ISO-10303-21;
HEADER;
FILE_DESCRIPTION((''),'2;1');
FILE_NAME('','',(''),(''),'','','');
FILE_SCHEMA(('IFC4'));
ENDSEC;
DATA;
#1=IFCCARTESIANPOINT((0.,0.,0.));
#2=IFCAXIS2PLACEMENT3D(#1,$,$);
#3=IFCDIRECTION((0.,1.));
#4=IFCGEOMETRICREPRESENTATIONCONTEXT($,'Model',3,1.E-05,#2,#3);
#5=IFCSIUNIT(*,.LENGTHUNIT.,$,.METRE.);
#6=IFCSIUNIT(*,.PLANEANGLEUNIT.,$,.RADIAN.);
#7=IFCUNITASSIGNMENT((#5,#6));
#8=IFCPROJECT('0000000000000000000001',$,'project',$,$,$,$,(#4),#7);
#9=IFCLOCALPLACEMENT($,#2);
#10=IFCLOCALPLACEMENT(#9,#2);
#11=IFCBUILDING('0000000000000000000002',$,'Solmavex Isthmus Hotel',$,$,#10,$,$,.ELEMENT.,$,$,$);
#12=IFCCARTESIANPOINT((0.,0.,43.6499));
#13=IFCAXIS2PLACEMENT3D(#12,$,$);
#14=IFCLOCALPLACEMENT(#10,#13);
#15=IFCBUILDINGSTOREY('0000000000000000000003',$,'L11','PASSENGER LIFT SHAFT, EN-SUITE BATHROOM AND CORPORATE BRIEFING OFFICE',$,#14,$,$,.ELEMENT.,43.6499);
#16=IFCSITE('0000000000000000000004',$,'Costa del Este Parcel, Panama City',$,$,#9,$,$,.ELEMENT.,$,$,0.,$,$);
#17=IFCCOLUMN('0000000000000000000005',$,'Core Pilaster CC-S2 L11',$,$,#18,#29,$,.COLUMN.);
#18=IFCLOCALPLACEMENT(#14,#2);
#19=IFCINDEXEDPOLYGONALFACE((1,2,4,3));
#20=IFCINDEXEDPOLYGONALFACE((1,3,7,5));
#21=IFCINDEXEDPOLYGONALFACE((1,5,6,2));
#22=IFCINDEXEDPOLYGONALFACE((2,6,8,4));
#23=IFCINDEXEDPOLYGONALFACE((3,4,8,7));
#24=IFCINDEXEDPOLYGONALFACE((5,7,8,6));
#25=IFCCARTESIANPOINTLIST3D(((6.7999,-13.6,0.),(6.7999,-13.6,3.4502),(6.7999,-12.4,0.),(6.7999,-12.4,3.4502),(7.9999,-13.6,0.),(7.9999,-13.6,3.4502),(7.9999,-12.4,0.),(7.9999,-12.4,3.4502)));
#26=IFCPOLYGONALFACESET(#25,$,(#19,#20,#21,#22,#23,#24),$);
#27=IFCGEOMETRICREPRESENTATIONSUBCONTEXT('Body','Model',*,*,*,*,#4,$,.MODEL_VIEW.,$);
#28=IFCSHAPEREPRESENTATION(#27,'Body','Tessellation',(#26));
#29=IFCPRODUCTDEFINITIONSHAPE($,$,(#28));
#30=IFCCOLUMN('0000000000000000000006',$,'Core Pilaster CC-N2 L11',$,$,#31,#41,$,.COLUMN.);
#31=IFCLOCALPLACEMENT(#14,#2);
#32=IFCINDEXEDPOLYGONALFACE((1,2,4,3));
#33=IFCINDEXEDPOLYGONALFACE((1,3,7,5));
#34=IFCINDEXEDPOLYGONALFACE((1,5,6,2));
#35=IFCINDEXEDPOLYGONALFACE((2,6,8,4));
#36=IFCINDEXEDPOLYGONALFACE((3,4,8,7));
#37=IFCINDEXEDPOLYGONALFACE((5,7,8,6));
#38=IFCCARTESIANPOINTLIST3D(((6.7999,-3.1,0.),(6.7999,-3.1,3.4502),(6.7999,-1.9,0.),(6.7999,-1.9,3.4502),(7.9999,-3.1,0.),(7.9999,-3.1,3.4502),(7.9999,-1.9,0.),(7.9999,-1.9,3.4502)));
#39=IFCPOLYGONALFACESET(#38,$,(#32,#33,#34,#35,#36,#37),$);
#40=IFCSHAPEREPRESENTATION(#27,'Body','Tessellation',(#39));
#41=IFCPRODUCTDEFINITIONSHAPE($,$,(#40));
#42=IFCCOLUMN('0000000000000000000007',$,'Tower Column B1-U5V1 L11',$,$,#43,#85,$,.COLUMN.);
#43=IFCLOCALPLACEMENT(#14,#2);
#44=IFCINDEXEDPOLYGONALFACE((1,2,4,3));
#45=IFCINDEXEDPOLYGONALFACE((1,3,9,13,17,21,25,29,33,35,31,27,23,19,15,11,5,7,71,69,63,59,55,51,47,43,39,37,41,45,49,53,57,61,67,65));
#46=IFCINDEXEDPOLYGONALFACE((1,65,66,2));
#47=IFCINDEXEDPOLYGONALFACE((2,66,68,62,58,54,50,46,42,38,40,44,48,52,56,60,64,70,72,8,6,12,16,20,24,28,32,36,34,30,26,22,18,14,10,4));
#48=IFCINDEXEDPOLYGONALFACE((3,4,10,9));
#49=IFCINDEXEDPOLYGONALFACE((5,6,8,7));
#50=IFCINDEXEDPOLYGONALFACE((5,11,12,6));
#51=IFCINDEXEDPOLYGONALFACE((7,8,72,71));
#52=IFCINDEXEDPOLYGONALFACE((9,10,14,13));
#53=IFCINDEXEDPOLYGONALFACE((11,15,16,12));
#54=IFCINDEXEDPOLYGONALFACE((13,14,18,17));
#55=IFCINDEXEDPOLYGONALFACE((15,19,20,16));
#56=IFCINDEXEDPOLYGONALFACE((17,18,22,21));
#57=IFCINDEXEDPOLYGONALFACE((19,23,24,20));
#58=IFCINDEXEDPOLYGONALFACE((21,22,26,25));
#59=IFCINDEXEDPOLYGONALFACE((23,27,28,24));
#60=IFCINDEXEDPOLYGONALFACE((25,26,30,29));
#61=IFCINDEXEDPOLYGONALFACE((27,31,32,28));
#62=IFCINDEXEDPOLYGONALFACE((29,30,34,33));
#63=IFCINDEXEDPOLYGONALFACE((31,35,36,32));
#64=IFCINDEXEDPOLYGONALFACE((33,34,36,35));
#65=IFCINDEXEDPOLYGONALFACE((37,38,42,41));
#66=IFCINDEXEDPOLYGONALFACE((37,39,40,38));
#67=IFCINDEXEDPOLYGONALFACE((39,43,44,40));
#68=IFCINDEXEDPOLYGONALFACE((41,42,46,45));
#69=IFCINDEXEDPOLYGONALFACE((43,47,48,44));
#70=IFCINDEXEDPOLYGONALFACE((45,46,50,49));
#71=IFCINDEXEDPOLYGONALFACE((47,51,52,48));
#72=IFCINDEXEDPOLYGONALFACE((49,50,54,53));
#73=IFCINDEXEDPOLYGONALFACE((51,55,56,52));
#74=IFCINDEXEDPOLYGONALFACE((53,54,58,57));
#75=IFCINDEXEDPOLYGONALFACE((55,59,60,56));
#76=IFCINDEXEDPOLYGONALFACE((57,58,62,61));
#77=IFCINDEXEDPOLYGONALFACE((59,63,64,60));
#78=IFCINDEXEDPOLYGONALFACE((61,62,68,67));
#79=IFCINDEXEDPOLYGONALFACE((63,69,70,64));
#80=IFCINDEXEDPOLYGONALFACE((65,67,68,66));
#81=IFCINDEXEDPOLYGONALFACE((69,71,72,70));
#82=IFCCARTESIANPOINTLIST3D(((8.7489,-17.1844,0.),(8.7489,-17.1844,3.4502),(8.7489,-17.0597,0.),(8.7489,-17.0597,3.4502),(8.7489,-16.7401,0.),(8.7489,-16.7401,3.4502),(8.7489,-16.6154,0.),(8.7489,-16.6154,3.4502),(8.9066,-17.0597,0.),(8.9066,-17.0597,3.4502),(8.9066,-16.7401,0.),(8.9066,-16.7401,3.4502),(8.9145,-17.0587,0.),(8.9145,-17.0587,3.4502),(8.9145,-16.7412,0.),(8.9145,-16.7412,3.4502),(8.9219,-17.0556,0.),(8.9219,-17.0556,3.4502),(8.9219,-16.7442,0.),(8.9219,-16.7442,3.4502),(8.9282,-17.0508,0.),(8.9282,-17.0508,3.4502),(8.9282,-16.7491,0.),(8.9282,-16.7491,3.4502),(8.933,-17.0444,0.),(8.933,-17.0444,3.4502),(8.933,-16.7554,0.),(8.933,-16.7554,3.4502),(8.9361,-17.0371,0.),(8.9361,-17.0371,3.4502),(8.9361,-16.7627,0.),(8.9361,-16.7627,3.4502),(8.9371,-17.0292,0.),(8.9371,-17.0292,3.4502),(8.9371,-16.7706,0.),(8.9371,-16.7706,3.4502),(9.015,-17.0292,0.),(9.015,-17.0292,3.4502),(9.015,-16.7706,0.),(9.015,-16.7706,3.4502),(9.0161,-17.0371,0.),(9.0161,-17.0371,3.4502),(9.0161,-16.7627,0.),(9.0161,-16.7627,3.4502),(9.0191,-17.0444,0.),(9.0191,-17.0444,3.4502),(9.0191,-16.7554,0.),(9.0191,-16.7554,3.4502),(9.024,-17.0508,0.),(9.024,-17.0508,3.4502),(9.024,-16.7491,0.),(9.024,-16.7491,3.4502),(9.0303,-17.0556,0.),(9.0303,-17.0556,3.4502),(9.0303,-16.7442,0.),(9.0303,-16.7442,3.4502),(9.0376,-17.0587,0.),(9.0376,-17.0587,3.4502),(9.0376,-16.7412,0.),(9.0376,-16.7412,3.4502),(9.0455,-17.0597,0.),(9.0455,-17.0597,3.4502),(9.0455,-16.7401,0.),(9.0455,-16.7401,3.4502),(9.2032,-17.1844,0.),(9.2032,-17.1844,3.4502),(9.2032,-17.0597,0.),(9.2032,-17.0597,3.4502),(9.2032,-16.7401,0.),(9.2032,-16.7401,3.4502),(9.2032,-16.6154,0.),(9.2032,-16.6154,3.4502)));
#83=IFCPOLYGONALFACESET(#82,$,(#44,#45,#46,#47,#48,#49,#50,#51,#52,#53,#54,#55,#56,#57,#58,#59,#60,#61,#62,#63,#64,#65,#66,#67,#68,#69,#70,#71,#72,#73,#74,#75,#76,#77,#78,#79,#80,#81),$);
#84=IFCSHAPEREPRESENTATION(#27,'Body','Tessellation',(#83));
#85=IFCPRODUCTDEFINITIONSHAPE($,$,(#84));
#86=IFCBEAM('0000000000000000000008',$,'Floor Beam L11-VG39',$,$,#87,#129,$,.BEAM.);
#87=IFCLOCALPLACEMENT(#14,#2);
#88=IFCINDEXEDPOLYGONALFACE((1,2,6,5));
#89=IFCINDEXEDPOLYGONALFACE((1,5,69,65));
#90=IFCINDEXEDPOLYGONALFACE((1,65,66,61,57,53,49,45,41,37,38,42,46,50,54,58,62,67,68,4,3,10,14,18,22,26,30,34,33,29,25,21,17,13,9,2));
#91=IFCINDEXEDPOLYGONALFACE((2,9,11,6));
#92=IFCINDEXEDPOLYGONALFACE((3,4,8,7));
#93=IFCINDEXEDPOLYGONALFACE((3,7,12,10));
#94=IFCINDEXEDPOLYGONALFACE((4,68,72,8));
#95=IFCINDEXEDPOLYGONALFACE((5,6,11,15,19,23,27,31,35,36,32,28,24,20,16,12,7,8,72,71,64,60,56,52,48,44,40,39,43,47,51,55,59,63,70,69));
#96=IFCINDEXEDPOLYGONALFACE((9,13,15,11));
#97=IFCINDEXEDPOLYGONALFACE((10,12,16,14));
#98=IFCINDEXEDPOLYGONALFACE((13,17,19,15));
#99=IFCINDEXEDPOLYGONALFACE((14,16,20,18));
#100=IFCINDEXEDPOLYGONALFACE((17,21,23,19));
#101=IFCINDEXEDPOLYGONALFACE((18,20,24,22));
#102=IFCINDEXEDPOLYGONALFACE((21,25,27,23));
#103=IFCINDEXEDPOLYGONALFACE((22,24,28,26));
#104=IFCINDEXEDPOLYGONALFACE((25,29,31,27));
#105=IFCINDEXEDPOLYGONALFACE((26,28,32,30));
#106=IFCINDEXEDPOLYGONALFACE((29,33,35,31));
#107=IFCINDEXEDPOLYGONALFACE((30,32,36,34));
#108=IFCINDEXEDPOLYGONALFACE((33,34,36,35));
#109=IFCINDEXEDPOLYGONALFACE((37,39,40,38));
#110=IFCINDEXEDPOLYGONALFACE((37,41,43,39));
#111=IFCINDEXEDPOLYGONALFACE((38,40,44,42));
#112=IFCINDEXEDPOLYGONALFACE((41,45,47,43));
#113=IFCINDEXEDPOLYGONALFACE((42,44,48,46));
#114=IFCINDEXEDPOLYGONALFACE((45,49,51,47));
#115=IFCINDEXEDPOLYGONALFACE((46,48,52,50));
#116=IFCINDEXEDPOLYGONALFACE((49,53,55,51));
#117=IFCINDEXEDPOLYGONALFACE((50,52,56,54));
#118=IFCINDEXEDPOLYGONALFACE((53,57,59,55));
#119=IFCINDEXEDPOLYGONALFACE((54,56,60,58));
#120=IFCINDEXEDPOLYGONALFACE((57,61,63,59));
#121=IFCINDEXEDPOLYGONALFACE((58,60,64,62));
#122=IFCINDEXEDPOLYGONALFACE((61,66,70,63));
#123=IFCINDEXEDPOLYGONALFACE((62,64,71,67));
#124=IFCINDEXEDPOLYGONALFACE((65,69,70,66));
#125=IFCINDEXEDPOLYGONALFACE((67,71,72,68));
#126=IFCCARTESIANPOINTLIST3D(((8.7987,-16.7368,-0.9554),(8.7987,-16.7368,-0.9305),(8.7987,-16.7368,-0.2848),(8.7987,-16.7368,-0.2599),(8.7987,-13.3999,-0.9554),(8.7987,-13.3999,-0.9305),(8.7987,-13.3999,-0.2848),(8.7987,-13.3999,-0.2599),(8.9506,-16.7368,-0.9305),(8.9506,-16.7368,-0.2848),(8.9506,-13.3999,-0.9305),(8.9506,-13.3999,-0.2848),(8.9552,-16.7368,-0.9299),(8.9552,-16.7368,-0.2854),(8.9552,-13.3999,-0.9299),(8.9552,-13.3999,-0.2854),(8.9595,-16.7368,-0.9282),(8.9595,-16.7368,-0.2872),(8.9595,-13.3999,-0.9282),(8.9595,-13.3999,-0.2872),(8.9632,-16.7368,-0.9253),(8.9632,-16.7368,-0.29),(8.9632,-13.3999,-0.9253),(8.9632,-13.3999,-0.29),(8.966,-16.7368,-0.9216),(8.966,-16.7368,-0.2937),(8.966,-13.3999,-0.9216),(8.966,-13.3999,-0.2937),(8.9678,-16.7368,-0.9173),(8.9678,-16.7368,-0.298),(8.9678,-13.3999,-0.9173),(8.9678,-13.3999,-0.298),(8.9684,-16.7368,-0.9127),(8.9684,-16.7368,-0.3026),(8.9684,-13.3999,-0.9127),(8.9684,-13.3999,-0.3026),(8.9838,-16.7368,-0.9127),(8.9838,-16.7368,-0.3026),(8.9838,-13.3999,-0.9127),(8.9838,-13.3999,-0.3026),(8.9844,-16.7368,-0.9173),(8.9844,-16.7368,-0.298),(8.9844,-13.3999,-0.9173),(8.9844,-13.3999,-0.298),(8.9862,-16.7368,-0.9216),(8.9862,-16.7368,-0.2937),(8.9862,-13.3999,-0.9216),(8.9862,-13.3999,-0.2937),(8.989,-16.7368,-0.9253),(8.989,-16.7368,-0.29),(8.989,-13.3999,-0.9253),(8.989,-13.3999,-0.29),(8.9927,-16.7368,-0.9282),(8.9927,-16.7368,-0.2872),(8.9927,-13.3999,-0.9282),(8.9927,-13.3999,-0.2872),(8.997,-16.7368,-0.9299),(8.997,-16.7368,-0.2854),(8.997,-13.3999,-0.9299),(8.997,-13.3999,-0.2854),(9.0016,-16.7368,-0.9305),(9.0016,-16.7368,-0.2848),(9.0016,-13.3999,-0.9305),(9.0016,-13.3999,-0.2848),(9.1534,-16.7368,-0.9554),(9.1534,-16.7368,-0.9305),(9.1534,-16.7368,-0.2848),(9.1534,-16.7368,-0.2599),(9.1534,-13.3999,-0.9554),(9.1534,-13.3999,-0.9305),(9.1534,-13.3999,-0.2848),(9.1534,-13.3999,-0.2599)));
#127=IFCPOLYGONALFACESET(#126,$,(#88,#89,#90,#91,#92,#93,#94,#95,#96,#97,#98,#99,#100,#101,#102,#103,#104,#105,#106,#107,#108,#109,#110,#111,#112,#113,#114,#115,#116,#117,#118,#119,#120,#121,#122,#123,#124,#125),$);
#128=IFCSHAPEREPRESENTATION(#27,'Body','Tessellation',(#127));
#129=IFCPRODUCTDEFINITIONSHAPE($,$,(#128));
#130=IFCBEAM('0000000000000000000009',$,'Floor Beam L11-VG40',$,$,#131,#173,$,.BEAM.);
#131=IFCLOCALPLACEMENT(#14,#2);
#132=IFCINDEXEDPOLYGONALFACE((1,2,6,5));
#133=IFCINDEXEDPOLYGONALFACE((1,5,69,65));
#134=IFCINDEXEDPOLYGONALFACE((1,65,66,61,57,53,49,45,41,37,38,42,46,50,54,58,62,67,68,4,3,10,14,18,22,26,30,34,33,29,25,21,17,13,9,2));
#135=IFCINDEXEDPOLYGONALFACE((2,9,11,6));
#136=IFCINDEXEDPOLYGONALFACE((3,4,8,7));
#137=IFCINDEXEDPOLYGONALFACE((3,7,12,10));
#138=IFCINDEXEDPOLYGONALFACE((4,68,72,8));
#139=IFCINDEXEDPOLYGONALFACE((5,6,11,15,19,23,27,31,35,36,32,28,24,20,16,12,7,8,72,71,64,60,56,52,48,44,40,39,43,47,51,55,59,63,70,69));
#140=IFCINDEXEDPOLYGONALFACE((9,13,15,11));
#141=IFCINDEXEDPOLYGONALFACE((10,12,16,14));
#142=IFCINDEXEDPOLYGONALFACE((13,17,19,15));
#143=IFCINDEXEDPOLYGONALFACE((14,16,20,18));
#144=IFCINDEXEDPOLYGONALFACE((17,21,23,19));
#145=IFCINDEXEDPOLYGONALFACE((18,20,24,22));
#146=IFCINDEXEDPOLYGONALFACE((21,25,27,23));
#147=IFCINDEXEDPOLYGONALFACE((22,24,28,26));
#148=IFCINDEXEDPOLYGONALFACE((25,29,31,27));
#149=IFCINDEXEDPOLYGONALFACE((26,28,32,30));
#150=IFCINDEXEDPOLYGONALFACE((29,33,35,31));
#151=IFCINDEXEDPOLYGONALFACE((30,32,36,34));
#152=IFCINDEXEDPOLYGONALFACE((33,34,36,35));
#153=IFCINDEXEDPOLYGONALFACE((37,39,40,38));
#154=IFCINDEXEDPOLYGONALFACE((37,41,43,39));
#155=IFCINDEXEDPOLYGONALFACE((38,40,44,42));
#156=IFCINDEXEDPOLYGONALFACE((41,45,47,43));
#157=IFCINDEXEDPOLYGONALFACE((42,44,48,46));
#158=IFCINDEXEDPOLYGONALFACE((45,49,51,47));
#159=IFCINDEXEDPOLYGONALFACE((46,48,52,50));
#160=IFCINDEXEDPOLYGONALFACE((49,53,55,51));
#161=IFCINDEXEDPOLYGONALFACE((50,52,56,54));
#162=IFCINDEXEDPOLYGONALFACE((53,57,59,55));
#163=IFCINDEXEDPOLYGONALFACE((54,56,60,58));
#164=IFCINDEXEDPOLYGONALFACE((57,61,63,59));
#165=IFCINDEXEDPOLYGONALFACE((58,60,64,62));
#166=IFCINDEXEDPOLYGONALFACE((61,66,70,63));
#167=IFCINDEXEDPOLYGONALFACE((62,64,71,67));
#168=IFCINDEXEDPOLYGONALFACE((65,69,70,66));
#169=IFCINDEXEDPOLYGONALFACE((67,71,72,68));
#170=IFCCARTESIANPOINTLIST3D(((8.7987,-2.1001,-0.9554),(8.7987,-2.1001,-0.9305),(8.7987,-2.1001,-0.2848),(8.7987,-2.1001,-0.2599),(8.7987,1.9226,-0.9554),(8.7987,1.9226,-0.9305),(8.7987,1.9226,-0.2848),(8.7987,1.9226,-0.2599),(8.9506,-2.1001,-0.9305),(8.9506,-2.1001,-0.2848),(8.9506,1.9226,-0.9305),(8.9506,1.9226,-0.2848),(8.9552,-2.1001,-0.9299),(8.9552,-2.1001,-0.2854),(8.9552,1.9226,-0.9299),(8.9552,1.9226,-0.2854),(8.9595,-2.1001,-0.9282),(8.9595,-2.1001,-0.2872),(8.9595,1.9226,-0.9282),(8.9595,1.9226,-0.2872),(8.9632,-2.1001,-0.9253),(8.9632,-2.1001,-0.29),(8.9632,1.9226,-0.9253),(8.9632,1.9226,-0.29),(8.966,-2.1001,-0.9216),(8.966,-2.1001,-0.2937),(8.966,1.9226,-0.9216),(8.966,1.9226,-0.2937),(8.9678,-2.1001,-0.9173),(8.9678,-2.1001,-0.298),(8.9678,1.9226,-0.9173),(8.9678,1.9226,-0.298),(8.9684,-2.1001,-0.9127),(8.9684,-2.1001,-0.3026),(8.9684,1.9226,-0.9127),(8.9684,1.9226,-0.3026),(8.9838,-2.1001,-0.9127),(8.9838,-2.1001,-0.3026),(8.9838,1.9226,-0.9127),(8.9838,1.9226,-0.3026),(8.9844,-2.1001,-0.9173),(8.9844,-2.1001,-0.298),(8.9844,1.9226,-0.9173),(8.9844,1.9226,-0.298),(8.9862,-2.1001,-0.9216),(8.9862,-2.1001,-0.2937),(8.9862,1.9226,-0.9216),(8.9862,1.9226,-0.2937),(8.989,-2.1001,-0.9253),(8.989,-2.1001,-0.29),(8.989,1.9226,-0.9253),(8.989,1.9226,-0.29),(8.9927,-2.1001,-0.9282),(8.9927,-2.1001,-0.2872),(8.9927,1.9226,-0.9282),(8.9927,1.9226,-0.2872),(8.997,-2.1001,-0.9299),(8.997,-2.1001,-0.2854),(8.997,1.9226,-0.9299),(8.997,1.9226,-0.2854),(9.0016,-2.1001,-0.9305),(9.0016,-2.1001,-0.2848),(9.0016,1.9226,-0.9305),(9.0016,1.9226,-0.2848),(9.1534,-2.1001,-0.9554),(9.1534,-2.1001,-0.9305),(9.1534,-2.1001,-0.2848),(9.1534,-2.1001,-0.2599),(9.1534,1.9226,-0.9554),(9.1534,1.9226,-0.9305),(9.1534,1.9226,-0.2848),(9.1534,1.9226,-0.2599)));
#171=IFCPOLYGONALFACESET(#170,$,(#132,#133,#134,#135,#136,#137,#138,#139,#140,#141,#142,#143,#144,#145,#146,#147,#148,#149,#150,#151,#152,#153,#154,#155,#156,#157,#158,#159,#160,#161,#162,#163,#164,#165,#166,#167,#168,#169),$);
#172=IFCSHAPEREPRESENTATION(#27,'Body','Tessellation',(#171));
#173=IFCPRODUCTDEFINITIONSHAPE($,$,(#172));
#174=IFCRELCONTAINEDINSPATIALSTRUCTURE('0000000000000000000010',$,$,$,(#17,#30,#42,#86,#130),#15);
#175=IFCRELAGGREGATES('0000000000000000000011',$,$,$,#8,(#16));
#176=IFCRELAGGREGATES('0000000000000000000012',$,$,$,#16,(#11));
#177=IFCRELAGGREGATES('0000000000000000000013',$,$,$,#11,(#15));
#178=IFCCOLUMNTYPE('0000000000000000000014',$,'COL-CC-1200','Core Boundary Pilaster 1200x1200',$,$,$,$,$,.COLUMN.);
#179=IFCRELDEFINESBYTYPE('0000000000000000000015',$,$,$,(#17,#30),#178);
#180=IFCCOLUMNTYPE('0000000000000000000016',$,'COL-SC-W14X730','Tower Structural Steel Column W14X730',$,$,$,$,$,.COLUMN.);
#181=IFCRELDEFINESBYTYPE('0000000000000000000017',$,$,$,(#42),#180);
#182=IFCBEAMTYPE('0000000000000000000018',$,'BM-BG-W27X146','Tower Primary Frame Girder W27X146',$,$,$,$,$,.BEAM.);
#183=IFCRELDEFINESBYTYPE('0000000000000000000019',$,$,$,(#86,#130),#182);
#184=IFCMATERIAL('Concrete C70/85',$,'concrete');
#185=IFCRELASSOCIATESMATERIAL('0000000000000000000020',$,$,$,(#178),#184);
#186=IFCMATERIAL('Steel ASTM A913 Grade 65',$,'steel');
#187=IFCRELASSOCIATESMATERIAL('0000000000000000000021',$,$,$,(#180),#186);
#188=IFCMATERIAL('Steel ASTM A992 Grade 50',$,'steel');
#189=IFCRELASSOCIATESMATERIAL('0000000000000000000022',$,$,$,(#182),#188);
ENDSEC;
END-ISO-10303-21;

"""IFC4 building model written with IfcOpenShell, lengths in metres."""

from ifc_helpers import new_model, si_unit, direction, frame, origin, origin_2d, place, context, subcontext, project, spatial, rectangle, i_section, extrude, material, material_profile, profile_set, type_object, element, save


model = new_model("IFC4")

# Units and contexts
model_context = context("Model", 3, precision=1e-05, world=origin(), true_north=direction((0.0, 1.0)))
body_context = subcontext(model_context, "Body", "Model", "MODEL_VIEW")
ifc_project = project(units=[si_unit("LENGTHUNIT", "METRE"), si_unit("PLANEANGLEUNIT", "RADIAN")], contexts=[model_context])

# Site, building, storey
site_placement = place(None, origin())
site = spatial("IfcSite", under=ifc_project, at=site_placement, Name="Costa del Este Parcel, Panama City", CompositionType="ELEMENT", RefElevation=0.0)
building_placement = place(site_placement, origin())
building = spatial("IfcBuilding", under=site, at=building_placement, Name="Solmavex Isthmus Hotel", CompositionType="ELEMENT")
storey_placement = place(building_placement, frame((0.0, 0.0, 43.6499)))
storey = spatial("IfcBuildingStorey", under=building, at=storey_placement, Name="L11", Description="PASSENGER LIFT SHAFT, EN-SUITE BATHROOM AND CORPORATE BRIEFING OFFICE", CompositionType="ELEMENT", Elevation=43.6499)

# Columns
ifc_material_1 = material(Name="Concrete C70/85", Category="concrete")
ifc_material_profile_1 = material_profile(ifc_material_1, rectangle(XDim=1.2, YDim=1.2, at=origin_2d()), Name="RC1200X1200")
ifc_profile_set_1 = profile_set([ifc_material_profile_1], Name="Concrete C70/85")
column_type_1 = type_object("IfcColumnType", Name="COL-CC-1200", Description="Core Boundary Pilaster 1200x1200", PredefinedType="COLUMN", material=ifc_profile_set_1)
for number, where, z_axis, x_axis, name in (
    (1, (7.3999, -13.0, 0.0), (0.0, 0.0, 1.0), (1.0, 0.0, 0.0), "Core Pilaster CC-S2 L11"),
    (2, (7.3999, -2.5, 0.0), (0.0, 0.0, 1.0), (1.0, 0.0, 0.0), "Core Pilaster CC-N2 L11"),
):
    element("IfcColumn", number, at=place(storey_placement, frame(where, z_axis=z_axis, x_axis=x_axis)), inside=storey, type_object=column_type_1, Name=name, PredefinedType="COLUMN", context=body_context, shape_type="SweptSolid", body=[
        extrude(rectangle(XDim=1.2, YDim=1.2, at=origin_2d()), origin(), (0.0, 0.0, 1.0), 3.4502),
    ])
ifc_material_2 = material(Name="Steel ASTM A913 Grade 65", Category="steel")
ifc_material_profile_2 = material_profile(ifc_material_2, i_section(OverallWidth=0.4543, OverallDepth=0.5691, WebThickness=0.0779, FlangeThickness=0.1248, FilletRadius=0.0305, at=origin_2d()), Name="W14X730")
ifc_profile_set_2 = profile_set([ifc_material_profile_2], Name="Steel ASTM A913 Grade 65")
column_type_2 = type_object("IfcColumnType", Name="COL-SC-W14X730", Description="Tower Structural Steel Column W14X730", PredefinedType="COLUMN", material=ifc_profile_set_2)
column_placement = place(storey_placement, frame((8.9761, -16.8999, 0.0), z_axis=(0.0, 0.0, 1.0), x_axis=(1.0, 0.0, 0.0)))
element("IfcColumn", 3, at=column_placement, inside=storey, type_object=column_type_2, Name="Tower Column B1-U5V1 L11", PredefinedType="COLUMN", context=body_context, shape_type="SweptSolid", body=[
    extrude(i_section(OverallWidth=0.4543, OverallDepth=0.5691, WebThickness=0.0779, FlangeThickness=0.1248, FilletRadius=0.0305, at=origin_2d()), origin(), (0.0, 0.0, 1.0), 3.4502),
])

# Beams
ifc_material_3 = material(Name="Steel ASTM A992 Grade 50", Category="steel")
ifc_material_profile_3 = material_profile(ifc_material_3, i_section(OverallWidth=0.3547, OverallDepth=0.6956, WebThickness=0.0154, FlangeThickness=0.0249, FilletRadius=0.0178, at=origin_2d()), Name="W27X146")
ifc_profile_set_3 = profile_set([ifc_material_profile_3], Name="Steel ASTM A992 Grade 50")
beam_type_1 = type_object("IfcBeamType", Name="BM-BG-W27X146", Description="Tower Primary Frame Girder W27X146", PredefinedType="BEAM", material=ifc_profile_set_3)
beam_1_placement = place(storey_placement, frame((8.9761, -16.7368, -0.6077), z_axis=(0.0, 1.0, 0.0), x_axis=(-1.0, 0.0, 0.0)))
element("IfcBeam", 4, at=beam_1_placement, inside=storey, type_object=beam_type_1, Name="Floor Beam L11-VG39", PredefinedType="BEAM", context=body_context, shape_type="SweptSolid", body=[
    extrude(i_section(OverallWidth=0.3547, OverallDepth=0.6956, WebThickness=0.0154, FlangeThickness=0.0249, FilletRadius=0.0178, at=origin_2d()), origin(), (0.0, 0.0, 1.0), 3.3369),
])
beam_2_placement = place(storey_placement, frame((8.9761, -2.1001, -0.6077), z_axis=(0.0, 1.0, 0.0), x_axis=(-1.0, 0.0, 0.0)))
element("IfcBeam", 5, at=beam_2_placement, inside=storey, type_object=beam_type_1, Name="Floor Beam L11-VG40", PredefinedType="BEAM", context=body_context, shape_type="SweptSolid", body=[
    extrude(i_section(OverallWidth=0.3547, OverallDepth=0.6956, WebThickness=0.0154, FlangeThickness=0.0249, FilletRadius=0.0178, at=origin_2d()), origin(), (0.0, 0.0, 1.0), 4.0227),
])

save(model, "model.ifc")
